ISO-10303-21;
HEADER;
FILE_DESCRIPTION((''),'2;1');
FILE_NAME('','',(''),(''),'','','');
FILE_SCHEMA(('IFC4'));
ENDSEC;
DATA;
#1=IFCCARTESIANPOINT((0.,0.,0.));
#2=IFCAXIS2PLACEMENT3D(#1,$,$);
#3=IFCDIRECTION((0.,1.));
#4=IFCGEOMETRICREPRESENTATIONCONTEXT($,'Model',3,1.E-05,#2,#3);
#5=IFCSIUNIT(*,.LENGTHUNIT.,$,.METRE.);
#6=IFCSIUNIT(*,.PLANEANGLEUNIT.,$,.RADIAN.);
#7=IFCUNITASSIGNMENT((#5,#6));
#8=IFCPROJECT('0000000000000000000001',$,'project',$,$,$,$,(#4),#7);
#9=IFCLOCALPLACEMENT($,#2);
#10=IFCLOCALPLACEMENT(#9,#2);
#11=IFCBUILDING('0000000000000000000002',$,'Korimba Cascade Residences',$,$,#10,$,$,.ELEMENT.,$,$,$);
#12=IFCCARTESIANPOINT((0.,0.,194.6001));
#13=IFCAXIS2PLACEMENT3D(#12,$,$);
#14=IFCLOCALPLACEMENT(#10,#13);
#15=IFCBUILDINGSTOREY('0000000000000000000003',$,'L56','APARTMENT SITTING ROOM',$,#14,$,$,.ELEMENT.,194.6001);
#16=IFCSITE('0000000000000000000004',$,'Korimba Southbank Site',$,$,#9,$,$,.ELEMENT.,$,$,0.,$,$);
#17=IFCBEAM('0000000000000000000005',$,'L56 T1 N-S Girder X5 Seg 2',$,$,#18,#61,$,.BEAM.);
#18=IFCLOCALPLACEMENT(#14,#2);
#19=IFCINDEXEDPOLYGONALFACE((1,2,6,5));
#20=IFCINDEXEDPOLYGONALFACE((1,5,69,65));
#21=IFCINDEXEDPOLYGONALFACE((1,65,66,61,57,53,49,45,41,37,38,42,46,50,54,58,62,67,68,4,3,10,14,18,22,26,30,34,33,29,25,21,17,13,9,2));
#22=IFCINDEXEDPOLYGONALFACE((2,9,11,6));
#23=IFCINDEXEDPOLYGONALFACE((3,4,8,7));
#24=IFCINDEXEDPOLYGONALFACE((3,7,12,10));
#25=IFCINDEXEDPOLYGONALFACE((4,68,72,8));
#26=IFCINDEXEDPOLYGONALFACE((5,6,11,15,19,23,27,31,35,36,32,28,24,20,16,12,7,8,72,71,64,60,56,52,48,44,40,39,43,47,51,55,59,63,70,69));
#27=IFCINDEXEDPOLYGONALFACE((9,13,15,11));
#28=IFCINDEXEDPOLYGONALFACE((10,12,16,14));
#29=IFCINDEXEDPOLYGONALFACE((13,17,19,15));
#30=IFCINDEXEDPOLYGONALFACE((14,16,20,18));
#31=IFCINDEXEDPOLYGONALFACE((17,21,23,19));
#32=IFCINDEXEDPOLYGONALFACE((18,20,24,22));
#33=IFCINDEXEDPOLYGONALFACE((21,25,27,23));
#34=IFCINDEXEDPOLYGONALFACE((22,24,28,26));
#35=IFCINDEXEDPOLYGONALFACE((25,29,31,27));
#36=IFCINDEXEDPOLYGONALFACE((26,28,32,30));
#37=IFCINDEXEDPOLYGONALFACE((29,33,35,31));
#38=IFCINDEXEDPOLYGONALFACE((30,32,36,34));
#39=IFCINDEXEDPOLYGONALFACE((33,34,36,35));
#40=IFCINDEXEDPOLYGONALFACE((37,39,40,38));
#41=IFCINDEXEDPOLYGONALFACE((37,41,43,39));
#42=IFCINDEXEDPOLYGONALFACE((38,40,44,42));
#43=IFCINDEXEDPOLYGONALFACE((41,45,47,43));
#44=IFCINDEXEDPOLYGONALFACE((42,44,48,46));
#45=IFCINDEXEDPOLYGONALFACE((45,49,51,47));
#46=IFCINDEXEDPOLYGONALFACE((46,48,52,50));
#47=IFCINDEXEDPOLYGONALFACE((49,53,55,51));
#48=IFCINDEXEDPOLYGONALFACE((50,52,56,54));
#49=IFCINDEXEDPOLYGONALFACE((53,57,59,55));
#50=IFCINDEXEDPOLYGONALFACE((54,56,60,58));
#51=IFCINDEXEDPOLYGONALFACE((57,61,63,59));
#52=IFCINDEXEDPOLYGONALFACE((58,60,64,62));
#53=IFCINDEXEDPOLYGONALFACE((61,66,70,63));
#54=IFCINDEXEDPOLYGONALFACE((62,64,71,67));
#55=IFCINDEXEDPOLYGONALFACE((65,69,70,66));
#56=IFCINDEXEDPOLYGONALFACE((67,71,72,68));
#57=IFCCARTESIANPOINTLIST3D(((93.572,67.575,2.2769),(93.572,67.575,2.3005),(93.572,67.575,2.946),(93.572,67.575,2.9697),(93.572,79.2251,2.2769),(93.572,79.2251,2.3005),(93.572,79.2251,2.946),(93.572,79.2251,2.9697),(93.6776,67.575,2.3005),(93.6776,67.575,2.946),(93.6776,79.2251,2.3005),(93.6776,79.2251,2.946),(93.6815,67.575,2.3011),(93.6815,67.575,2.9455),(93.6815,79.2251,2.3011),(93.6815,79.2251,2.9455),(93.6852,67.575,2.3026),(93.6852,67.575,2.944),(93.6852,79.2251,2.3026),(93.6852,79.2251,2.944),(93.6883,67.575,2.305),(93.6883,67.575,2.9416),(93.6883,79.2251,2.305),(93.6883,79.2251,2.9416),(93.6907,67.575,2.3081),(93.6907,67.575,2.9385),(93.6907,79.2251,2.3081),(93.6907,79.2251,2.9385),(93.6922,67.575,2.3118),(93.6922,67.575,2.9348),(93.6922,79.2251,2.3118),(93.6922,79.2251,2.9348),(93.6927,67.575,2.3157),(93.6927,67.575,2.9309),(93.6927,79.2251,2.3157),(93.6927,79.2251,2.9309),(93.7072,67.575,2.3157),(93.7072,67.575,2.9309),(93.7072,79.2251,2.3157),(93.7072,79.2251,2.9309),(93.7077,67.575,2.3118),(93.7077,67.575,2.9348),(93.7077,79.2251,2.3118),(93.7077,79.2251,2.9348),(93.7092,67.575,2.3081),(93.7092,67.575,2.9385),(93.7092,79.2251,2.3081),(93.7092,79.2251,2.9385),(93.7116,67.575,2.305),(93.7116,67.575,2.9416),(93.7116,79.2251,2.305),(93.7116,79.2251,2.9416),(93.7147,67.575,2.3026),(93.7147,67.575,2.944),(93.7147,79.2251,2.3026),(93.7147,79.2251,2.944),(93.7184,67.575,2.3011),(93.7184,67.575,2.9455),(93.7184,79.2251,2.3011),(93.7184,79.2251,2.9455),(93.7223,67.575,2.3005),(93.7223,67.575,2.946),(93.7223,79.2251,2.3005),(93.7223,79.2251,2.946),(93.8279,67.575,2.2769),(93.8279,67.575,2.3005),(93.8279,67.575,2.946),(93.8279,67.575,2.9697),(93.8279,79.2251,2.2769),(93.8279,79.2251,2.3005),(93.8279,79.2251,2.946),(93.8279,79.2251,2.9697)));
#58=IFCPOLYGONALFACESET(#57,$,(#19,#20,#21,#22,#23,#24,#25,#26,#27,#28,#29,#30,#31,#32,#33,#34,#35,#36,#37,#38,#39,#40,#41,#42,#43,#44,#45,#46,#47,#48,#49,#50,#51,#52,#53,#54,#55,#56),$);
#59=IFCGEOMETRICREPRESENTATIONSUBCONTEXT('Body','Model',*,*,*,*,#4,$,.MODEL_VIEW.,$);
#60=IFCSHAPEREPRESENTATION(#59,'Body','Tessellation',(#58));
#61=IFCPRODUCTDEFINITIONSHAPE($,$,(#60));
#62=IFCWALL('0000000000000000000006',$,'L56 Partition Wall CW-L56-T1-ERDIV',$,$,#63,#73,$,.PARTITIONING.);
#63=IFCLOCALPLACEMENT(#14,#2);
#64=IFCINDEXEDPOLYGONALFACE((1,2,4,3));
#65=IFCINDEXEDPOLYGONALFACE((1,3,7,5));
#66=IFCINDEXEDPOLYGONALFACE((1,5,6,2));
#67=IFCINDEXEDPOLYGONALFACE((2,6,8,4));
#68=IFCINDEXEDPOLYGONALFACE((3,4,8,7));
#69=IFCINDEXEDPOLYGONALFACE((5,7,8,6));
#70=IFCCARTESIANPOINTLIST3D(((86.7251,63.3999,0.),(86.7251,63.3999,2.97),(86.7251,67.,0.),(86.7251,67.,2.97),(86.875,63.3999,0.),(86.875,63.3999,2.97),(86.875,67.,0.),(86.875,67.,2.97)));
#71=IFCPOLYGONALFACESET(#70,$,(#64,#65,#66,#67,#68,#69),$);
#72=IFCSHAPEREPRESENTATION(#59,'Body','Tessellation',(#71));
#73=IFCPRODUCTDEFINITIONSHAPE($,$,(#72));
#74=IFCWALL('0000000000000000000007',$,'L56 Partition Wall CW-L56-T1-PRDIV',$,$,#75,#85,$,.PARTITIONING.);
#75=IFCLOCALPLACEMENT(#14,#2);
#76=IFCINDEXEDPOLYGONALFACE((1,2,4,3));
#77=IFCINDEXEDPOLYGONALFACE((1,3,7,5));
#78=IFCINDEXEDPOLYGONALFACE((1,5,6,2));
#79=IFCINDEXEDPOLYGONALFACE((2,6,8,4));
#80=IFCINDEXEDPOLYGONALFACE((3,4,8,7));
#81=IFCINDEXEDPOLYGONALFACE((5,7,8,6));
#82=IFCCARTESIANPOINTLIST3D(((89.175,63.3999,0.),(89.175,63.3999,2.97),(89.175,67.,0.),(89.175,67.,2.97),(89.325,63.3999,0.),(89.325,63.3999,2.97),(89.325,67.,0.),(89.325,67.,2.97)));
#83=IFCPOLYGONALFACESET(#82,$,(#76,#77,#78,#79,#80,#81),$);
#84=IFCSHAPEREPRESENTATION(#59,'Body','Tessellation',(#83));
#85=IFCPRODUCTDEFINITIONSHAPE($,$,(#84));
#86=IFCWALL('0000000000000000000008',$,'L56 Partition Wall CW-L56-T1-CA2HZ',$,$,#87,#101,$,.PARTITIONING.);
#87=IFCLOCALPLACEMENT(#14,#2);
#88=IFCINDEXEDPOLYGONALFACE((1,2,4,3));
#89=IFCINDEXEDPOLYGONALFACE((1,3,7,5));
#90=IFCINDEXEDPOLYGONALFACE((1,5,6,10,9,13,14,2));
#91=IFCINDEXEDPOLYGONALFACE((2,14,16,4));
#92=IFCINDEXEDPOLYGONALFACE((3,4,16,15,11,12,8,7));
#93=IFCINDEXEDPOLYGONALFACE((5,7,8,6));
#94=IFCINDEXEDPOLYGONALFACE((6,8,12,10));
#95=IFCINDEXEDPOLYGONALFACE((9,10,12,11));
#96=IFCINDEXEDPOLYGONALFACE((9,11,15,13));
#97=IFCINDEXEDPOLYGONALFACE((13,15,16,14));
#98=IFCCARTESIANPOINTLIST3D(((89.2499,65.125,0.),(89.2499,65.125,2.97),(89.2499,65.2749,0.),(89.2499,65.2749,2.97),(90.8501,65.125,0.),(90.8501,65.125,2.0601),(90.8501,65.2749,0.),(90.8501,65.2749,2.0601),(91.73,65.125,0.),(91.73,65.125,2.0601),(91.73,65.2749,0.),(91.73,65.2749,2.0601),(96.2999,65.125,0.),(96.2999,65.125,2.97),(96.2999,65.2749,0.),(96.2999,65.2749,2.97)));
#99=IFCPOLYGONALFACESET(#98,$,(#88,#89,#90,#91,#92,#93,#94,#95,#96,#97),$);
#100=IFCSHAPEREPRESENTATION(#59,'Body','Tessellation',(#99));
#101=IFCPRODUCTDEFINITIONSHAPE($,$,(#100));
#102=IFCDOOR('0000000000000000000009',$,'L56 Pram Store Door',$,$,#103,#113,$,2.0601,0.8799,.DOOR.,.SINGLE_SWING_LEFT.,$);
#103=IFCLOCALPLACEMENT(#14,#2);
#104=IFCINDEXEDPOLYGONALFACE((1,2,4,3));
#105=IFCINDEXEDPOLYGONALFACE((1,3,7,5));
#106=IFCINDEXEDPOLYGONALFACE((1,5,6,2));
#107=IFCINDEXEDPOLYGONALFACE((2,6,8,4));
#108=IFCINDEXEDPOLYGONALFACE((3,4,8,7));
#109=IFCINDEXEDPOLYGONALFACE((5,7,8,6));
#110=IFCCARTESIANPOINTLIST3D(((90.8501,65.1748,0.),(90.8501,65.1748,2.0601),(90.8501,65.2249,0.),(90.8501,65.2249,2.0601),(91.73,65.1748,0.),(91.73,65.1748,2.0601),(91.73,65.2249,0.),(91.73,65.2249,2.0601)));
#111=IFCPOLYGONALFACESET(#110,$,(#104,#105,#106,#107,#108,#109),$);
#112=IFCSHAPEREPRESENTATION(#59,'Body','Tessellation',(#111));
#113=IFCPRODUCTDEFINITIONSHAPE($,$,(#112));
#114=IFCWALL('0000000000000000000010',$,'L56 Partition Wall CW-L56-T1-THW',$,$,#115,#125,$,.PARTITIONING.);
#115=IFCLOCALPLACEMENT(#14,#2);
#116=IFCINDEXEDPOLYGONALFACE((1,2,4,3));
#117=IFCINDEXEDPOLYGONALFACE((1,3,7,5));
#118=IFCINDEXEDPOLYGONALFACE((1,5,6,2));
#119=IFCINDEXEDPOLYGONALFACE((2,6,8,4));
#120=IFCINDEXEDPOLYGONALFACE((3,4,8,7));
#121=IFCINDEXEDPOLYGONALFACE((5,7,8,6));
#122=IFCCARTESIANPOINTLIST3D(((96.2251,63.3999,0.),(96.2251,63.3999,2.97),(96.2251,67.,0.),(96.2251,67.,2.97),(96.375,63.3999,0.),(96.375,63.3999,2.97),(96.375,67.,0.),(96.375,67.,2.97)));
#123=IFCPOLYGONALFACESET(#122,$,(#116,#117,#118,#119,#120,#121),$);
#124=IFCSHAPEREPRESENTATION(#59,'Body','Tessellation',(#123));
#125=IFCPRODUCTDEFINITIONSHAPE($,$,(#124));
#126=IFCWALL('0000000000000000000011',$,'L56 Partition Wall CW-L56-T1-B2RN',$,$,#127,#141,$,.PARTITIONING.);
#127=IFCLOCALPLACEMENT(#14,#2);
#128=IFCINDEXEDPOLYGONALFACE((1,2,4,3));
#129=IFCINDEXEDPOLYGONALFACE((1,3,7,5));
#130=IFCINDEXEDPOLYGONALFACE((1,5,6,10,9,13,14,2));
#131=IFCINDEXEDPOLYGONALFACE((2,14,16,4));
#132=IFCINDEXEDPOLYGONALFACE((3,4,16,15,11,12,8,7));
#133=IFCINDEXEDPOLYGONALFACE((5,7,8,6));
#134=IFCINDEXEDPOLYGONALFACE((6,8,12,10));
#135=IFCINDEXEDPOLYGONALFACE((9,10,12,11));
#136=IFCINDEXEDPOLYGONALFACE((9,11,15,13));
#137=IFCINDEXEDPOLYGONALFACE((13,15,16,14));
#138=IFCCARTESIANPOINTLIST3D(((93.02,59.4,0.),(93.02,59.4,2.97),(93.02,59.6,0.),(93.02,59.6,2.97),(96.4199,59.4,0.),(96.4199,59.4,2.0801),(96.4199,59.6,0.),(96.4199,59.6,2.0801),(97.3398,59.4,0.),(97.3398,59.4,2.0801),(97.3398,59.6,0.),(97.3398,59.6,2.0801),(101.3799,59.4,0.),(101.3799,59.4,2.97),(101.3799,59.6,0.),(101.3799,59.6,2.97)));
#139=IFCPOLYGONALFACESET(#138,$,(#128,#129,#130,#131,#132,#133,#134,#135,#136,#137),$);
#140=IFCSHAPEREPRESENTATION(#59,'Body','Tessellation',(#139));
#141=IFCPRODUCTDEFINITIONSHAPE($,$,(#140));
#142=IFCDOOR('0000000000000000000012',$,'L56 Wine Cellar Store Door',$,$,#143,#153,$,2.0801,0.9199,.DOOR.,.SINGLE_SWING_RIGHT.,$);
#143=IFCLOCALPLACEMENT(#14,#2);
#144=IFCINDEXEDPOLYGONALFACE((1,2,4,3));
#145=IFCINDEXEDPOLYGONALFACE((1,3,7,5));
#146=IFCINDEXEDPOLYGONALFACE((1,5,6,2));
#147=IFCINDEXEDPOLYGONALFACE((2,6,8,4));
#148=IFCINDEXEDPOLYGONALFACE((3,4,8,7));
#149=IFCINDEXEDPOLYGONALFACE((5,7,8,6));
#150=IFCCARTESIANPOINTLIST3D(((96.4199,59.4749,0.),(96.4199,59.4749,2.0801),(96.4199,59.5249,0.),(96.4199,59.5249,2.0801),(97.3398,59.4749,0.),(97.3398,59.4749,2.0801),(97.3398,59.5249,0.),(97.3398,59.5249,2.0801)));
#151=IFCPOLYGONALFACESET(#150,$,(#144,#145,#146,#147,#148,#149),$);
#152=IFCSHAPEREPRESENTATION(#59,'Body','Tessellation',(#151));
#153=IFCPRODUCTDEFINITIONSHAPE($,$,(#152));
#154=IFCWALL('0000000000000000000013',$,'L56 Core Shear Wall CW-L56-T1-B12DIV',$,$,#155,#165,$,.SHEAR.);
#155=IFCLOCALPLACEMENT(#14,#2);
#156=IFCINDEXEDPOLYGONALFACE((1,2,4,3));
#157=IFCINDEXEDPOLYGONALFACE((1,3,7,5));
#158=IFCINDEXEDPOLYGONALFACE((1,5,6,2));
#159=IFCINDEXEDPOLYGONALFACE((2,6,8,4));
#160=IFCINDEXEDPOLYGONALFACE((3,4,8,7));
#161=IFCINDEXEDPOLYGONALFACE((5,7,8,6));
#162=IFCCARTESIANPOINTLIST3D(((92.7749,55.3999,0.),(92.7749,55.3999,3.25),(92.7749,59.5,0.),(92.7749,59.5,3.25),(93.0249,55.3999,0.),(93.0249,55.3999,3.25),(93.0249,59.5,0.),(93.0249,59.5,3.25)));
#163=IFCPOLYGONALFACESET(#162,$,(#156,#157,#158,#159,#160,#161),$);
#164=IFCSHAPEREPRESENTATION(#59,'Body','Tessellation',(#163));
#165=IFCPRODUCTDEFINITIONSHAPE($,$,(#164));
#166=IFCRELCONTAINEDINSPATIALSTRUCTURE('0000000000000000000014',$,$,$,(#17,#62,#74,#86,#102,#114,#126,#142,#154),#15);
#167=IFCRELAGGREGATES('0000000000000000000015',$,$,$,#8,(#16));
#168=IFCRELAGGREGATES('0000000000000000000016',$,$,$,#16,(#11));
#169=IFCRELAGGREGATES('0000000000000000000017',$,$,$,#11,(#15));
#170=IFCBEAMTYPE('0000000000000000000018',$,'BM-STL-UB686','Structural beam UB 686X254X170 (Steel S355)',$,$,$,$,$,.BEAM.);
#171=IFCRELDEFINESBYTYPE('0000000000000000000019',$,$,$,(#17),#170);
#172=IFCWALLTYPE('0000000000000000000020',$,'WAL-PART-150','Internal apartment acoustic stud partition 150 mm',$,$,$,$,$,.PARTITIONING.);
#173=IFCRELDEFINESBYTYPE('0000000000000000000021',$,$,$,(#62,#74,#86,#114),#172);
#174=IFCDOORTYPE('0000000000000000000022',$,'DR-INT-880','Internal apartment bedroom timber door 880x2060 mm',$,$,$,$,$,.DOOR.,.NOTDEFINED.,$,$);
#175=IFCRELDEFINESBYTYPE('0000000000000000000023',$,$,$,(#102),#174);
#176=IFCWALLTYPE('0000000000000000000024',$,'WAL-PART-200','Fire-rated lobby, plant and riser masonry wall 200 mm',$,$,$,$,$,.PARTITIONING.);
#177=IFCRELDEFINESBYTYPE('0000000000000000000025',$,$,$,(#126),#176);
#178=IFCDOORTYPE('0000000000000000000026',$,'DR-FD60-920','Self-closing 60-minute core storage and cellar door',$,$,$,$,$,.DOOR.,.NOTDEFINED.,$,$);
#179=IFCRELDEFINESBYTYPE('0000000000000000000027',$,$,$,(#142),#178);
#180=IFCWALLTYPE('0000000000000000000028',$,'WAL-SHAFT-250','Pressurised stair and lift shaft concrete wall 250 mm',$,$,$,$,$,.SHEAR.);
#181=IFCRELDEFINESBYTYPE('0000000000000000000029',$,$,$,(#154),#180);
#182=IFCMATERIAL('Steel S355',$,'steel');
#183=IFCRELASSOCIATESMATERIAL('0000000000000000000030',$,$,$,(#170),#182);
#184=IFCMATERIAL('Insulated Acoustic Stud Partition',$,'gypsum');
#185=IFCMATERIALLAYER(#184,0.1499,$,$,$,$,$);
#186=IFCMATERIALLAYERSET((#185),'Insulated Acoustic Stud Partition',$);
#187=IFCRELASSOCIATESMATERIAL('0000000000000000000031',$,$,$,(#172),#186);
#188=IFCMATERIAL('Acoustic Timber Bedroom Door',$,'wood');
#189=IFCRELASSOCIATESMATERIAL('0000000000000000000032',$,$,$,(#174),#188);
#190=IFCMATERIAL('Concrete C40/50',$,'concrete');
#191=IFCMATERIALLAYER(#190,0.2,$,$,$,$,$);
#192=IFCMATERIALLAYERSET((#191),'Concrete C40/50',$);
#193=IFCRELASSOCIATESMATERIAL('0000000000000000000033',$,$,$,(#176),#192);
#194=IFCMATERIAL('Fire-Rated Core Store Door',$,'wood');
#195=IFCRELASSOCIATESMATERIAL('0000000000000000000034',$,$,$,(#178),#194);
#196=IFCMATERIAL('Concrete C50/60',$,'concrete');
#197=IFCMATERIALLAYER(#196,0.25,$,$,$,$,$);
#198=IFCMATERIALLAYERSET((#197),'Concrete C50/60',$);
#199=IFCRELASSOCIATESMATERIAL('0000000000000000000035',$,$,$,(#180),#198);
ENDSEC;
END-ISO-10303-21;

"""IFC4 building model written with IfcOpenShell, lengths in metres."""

from ifc_helpers import new_model, si_unit, direction, frame, frame_2d, origin, origin_2d, place, context, subcontext, project, spatial, rectangle, i_section, extrude, material, layer, layer_set, material_profile, profile_set, type_object, element, fill, save


model = new_model("IFC4")

# Units and contexts
model_context = context("Model", 3, precision=1e-05, world=origin(), true_north=direction((0.0, 1.0)))
body_context = subcontext(model_context, "Body", "Model", "MODEL_VIEW")
ifc_project = project(units=[si_unit("LENGTHUNIT", "METRE"), si_unit("PLANEANGLEUNIT", "RADIAN")], contexts=[model_context])

# Site, building, storey
site_placement = place(None, origin())
site = spatial("IfcSite", under=ifc_project, at=site_placement, Name="Korimba Southbank Site", CompositionType="ELEMENT", RefElevation=0.0)
building_placement = place(site_placement, origin())
building = spatial("IfcBuilding", under=site, at=building_placement, Name="Korimba Cascade Residences", CompositionType="ELEMENT")
storey_placement = place(building_placement, frame((0.0, 0.0, 194.6001)))
storey = spatial("IfcBuildingStorey", under=building, at=storey_placement, Name="L56", Description="APARTMENT SITTING ROOM", CompositionType="ELEMENT", Elevation=194.6001)

# Beam
ifc_material_1 = material(Name="Steel S355", Category="steel")
ifc_material_profile_1 = material_profile(ifc_material_1, i_section(OverallWidth=0.2559, OverallDepth=0.6929, WebThickness=0.0144, FlangeThickness=0.0237, FilletRadius=0.0151, at=origin_2d()), Name="Steel S355")
ifc_profile_set_1 = profile_set([ifc_material_profile_1], Name="Steel S355")
beam_type = type_object("IfcBeamType", Name="BM-STL-UB686", Description="Structural beam UB 686X254X170 (Steel S355)", PredefinedType="BEAM", material=ifc_profile_set_1)
beam_1_placement = place(storey_placement, frame((93.7, 67.575, 2.6233), z_axis=(0.0, 1.0, 0.0), x_axis=(-1.0, 0.0, 0.0)))
element("IfcBeam", 1, at=beam_1_placement, inside=storey, type_object=beam_type, Name="L56 T1 N-S Girder X5 Seg 2", PredefinedType="BEAM", context=body_context, shape_type="SweptSolid", body=[
    extrude(i_section(OverallWidth=0.2559, OverallDepth=0.6929, WebThickness=0.0144, FlangeThickness=0.0237, FilletRadius=0.0151, at=origin_2d()), origin(), (0.0, 0.0, 1.0), 11.6501),
])

# Walls
ifc_material_2 = material(Name="Insulated Acoustic Stud Partition", Category="gypsum")
ifc_layer_1 = layer(ifc_material_2, 0.1499)
ifc_layer_set_1 = layer_set([ifc_layer_1], Name="Insulated Acoustic Stud Partition")
wall_type_1 = type_object("IfcWallType", Name="WAL-PART-150", Description="Internal apartment acoustic stud partition 150 mm", PredefinedType="PARTITIONING", material=ifc_layer_set_1)
for number, where, z_axis, x_axis, name in (
    (2, (86.8, 63.3999, 0.0), (0.0, 0.0, 1.0), (0.0, 1.0, 0.0), "L56 Partition Wall CW-L56-T1-ERDIV"),
    (3, (89.25, 63.3999, 0.0), (0.0, 0.0, 1.0), (0.0, 1.0, 0.0), "L56 Partition Wall CW-L56-T1-PRDIV"),
):
    element("IfcWall", number, at=place(storey_placement, frame(where, z_axis=z_axis, x_axis=x_axis)), inside=storey, type_object=wall_type_1, Name=name, PredefinedType="PARTITIONING", context=body_context, shape_type="SweptSolid", body=[
        extrude(rectangle(XDim=3.6001, YDim=0.1499, at=frame_2d((1.8, 0.0))), origin(), (0.0, 0.0, 1.0), 2.97),
    ])

# Wall, opening, door
wall_1_placement = place(storey_placement, frame((89.25, 65.2, 0.0), z_axis=(0.0, 0.0, 1.0), x_axis=(1.0, 0.0, 0.0)))
wall_1 = element("IfcWall", 4, at=wall_1_placement, inside=storey, type_object=wall_type_1, Name="L56 Partition Wall CW-L56-T1-CA2HZ", PredefinedType="PARTITIONING", context=body_context, shape_type="SweptSolid", body=[
    extrude(rectangle(XDim=7.05, YDim=0.1499, at=frame_2d((3.5249, 0.0))), origin(), (0.0, 0.0, 1.0), 2.97),
])
opening_1_placement = place(wall_1_placement, frame((1.6001, 0.0, 0.0)))
opening_1 = element("IfcOpeningElement", 5, at=opening_1_placement, cuts=wall_1, PredefinedType="OPENING", context=body_context, shape_type="SweptSolid", body=[
    extrude(rectangle(XDim=0.8799, YDim=2.0601, at=frame_2d((0.4399, 1.03))), frame((0.0, 0.085, 0.0), z_axis=(0.0, -1.0, 0.0), x_axis=(1.0, 0.0, 0.0)), (0.0, 0.0, 1.0), 0.1699),
])
ifc_material_3 = material(Name="Acoustic Timber Bedroom Door", Category="wood")
door_type_1 = type_object("IfcDoorType", Name="DR-INT-880", Description="Internal apartment bedroom timber door 880x2060 mm", OperationType="NOTDEFINED", PredefinedType="DOOR", material=ifc_material_3)
door_1_placement = place(opening_1_placement, origin())
door_1 = element("IfcDoor", 6, at=door_1_placement, inside=storey, type_object=door_type_1, Name="L56 Pram Store Door", OperationType="SINGLE_SWING_LEFT", OverallHeight=2.0601, OverallWidth=0.8799, PredefinedType="DOOR", context=body_context, shape_type="SweptSolid", body=[
    extrude(rectangle(XDim=0.8799, YDim=2.0601, at=frame_2d((0.4399, 1.03))), frame((0.0, 0.0249, 0.0), z_axis=(0.0, -1.0, 0.0), x_axis=(1.0, 0.0, 0.0)), (0.0, 0.0, 1.0), 0.05),
])
fill(opening_1, door_1)

# Wall
wall_2_placement = place(storey_placement, frame((96.3, 63.3999, 0.0), z_axis=(0.0, 0.0, 1.0), x_axis=(0.0, 1.0, 0.0)))
element("IfcWall", 7, at=wall_2_placement, inside=storey, type_object=wall_type_1, Name="L56 Partition Wall CW-L56-T1-THW", PredefinedType="PARTITIONING", context=body_context, shape_type="SweptSolid", body=[
    extrude(rectangle(XDim=3.6001, YDim=0.1499, at=frame_2d((1.8, 0.0))), origin(), (0.0, 0.0, 1.0), 2.97),
])

# Wall, opening, door
ifc_material_4 = material(Name="Concrete C40/50", Category="concrete")
ifc_layer_2 = layer(ifc_material_4, 0.2)
ifc_layer_set_2 = layer_set([ifc_layer_2], Name="Concrete C40/50")
wall_type_2 = type_object("IfcWallType", Name="WAL-PART-200", Description="Fire-rated lobby, plant and riser masonry wall 200 mm", PredefinedType="PARTITIONING", material=ifc_layer_set_2)
wall_3_placement = place(storey_placement, frame((93.02, 59.5, 0.0), z_axis=(0.0, 0.0, 1.0), x_axis=(1.0, 0.0, 0.0)))
wall_3 = element("IfcWall", 8, at=wall_3_placement, inside=storey, type_object=wall_type_2, Name="L56 Partition Wall CW-L56-T1-B2RN", PredefinedType="PARTITIONING", context=body_context, shape_type="SweptSolid", body=[
    extrude(rectangle(XDim=8.3599, YDim=0.2, at=frame_2d((4.1799, 0.0))), origin(), (0.0, 0.0, 1.0), 2.97),
])
opening_2_placement = place(wall_3_placement, frame((3.3999, 0.0, 0.0)))
opening_2 = element("IfcOpeningElement", 9, at=opening_2_placement, cuts=wall_3, PredefinedType="OPENING", context=body_context, shape_type="SweptSolid", body=[
    extrude(rectangle(XDim=0.9199, YDim=2.0801, at=frame_2d((0.46, 1.04))), frame((0.0, 0.1099, 0.0), z_axis=(0.0, -1.0, 0.0), x_axis=(1.0, 0.0, 0.0)), (0.0, 0.0, 1.0), 0.22),
])
ifc_material_5 = material(Name="Fire-Rated Core Store Door", Category="wood")
door_type_2 = type_object("IfcDoorType", Name="DR-FD60-920", Description="Self-closing 60-minute core storage and cellar door", OperationType="NOTDEFINED", PredefinedType="DOOR", material=ifc_material_5)
door_2_placement = place(opening_2_placement, origin())
door_2 = element("IfcDoor", 10, at=door_2_placement, inside=storey, type_object=door_type_2, Name="L56 Wine Cellar Store Door", OperationType="SINGLE_SWING_RIGHT", OverallHeight=2.0801, OverallWidth=0.9199, PredefinedType="DOOR", context=body_context, shape_type="SweptSolid", body=[
    extrude(rectangle(XDim=0.9199, YDim=2.0801, at=frame_2d((0.46, 1.04))), frame((0.0, 0.0249, 0.0), z_axis=(0.0, -1.0, 0.0), x_axis=(1.0, 0.0, 0.0)), (0.0, 0.0, 1.0), 0.05),
])
fill(opening_2, door_2)

# Wall
ifc_material_6 = material(Name="Concrete C50/60", Category="concrete")
ifc_layer_3 = layer(ifc_material_6, 0.25)
ifc_layer_set_3 = layer_set([ifc_layer_3], Name="Concrete C50/60")
wall_type_3 = type_object("IfcWallType", Name="WAL-SHAFT-250", Description="Pressurised stair and lift shaft concrete wall 250 mm", PredefinedType="SHEAR", material=ifc_layer_set_3)
wall_4_placement = place(storey_placement, frame((92.8999, 55.3999, 0.0), z_axis=(0.0, 0.0, 1.0), x_axis=(0.0, 1.0, 0.0)))
element("IfcWall", 11, at=wall_4_placement, inside=storey, type_object=wall_type_3, Name="L56 Core Shear Wall CW-L56-T1-B12DIV", PredefinedType="SHEAR", context=body_context, shape_type="SweptSolid", body=[
    extrude(rectangle(XDim=4.1001, YDim=0.25, at=frame_2d((2.05, 0.0))), origin(), (0.0, 0.0, 1.0), 3.25),
])

save(model, "model.ifc")
